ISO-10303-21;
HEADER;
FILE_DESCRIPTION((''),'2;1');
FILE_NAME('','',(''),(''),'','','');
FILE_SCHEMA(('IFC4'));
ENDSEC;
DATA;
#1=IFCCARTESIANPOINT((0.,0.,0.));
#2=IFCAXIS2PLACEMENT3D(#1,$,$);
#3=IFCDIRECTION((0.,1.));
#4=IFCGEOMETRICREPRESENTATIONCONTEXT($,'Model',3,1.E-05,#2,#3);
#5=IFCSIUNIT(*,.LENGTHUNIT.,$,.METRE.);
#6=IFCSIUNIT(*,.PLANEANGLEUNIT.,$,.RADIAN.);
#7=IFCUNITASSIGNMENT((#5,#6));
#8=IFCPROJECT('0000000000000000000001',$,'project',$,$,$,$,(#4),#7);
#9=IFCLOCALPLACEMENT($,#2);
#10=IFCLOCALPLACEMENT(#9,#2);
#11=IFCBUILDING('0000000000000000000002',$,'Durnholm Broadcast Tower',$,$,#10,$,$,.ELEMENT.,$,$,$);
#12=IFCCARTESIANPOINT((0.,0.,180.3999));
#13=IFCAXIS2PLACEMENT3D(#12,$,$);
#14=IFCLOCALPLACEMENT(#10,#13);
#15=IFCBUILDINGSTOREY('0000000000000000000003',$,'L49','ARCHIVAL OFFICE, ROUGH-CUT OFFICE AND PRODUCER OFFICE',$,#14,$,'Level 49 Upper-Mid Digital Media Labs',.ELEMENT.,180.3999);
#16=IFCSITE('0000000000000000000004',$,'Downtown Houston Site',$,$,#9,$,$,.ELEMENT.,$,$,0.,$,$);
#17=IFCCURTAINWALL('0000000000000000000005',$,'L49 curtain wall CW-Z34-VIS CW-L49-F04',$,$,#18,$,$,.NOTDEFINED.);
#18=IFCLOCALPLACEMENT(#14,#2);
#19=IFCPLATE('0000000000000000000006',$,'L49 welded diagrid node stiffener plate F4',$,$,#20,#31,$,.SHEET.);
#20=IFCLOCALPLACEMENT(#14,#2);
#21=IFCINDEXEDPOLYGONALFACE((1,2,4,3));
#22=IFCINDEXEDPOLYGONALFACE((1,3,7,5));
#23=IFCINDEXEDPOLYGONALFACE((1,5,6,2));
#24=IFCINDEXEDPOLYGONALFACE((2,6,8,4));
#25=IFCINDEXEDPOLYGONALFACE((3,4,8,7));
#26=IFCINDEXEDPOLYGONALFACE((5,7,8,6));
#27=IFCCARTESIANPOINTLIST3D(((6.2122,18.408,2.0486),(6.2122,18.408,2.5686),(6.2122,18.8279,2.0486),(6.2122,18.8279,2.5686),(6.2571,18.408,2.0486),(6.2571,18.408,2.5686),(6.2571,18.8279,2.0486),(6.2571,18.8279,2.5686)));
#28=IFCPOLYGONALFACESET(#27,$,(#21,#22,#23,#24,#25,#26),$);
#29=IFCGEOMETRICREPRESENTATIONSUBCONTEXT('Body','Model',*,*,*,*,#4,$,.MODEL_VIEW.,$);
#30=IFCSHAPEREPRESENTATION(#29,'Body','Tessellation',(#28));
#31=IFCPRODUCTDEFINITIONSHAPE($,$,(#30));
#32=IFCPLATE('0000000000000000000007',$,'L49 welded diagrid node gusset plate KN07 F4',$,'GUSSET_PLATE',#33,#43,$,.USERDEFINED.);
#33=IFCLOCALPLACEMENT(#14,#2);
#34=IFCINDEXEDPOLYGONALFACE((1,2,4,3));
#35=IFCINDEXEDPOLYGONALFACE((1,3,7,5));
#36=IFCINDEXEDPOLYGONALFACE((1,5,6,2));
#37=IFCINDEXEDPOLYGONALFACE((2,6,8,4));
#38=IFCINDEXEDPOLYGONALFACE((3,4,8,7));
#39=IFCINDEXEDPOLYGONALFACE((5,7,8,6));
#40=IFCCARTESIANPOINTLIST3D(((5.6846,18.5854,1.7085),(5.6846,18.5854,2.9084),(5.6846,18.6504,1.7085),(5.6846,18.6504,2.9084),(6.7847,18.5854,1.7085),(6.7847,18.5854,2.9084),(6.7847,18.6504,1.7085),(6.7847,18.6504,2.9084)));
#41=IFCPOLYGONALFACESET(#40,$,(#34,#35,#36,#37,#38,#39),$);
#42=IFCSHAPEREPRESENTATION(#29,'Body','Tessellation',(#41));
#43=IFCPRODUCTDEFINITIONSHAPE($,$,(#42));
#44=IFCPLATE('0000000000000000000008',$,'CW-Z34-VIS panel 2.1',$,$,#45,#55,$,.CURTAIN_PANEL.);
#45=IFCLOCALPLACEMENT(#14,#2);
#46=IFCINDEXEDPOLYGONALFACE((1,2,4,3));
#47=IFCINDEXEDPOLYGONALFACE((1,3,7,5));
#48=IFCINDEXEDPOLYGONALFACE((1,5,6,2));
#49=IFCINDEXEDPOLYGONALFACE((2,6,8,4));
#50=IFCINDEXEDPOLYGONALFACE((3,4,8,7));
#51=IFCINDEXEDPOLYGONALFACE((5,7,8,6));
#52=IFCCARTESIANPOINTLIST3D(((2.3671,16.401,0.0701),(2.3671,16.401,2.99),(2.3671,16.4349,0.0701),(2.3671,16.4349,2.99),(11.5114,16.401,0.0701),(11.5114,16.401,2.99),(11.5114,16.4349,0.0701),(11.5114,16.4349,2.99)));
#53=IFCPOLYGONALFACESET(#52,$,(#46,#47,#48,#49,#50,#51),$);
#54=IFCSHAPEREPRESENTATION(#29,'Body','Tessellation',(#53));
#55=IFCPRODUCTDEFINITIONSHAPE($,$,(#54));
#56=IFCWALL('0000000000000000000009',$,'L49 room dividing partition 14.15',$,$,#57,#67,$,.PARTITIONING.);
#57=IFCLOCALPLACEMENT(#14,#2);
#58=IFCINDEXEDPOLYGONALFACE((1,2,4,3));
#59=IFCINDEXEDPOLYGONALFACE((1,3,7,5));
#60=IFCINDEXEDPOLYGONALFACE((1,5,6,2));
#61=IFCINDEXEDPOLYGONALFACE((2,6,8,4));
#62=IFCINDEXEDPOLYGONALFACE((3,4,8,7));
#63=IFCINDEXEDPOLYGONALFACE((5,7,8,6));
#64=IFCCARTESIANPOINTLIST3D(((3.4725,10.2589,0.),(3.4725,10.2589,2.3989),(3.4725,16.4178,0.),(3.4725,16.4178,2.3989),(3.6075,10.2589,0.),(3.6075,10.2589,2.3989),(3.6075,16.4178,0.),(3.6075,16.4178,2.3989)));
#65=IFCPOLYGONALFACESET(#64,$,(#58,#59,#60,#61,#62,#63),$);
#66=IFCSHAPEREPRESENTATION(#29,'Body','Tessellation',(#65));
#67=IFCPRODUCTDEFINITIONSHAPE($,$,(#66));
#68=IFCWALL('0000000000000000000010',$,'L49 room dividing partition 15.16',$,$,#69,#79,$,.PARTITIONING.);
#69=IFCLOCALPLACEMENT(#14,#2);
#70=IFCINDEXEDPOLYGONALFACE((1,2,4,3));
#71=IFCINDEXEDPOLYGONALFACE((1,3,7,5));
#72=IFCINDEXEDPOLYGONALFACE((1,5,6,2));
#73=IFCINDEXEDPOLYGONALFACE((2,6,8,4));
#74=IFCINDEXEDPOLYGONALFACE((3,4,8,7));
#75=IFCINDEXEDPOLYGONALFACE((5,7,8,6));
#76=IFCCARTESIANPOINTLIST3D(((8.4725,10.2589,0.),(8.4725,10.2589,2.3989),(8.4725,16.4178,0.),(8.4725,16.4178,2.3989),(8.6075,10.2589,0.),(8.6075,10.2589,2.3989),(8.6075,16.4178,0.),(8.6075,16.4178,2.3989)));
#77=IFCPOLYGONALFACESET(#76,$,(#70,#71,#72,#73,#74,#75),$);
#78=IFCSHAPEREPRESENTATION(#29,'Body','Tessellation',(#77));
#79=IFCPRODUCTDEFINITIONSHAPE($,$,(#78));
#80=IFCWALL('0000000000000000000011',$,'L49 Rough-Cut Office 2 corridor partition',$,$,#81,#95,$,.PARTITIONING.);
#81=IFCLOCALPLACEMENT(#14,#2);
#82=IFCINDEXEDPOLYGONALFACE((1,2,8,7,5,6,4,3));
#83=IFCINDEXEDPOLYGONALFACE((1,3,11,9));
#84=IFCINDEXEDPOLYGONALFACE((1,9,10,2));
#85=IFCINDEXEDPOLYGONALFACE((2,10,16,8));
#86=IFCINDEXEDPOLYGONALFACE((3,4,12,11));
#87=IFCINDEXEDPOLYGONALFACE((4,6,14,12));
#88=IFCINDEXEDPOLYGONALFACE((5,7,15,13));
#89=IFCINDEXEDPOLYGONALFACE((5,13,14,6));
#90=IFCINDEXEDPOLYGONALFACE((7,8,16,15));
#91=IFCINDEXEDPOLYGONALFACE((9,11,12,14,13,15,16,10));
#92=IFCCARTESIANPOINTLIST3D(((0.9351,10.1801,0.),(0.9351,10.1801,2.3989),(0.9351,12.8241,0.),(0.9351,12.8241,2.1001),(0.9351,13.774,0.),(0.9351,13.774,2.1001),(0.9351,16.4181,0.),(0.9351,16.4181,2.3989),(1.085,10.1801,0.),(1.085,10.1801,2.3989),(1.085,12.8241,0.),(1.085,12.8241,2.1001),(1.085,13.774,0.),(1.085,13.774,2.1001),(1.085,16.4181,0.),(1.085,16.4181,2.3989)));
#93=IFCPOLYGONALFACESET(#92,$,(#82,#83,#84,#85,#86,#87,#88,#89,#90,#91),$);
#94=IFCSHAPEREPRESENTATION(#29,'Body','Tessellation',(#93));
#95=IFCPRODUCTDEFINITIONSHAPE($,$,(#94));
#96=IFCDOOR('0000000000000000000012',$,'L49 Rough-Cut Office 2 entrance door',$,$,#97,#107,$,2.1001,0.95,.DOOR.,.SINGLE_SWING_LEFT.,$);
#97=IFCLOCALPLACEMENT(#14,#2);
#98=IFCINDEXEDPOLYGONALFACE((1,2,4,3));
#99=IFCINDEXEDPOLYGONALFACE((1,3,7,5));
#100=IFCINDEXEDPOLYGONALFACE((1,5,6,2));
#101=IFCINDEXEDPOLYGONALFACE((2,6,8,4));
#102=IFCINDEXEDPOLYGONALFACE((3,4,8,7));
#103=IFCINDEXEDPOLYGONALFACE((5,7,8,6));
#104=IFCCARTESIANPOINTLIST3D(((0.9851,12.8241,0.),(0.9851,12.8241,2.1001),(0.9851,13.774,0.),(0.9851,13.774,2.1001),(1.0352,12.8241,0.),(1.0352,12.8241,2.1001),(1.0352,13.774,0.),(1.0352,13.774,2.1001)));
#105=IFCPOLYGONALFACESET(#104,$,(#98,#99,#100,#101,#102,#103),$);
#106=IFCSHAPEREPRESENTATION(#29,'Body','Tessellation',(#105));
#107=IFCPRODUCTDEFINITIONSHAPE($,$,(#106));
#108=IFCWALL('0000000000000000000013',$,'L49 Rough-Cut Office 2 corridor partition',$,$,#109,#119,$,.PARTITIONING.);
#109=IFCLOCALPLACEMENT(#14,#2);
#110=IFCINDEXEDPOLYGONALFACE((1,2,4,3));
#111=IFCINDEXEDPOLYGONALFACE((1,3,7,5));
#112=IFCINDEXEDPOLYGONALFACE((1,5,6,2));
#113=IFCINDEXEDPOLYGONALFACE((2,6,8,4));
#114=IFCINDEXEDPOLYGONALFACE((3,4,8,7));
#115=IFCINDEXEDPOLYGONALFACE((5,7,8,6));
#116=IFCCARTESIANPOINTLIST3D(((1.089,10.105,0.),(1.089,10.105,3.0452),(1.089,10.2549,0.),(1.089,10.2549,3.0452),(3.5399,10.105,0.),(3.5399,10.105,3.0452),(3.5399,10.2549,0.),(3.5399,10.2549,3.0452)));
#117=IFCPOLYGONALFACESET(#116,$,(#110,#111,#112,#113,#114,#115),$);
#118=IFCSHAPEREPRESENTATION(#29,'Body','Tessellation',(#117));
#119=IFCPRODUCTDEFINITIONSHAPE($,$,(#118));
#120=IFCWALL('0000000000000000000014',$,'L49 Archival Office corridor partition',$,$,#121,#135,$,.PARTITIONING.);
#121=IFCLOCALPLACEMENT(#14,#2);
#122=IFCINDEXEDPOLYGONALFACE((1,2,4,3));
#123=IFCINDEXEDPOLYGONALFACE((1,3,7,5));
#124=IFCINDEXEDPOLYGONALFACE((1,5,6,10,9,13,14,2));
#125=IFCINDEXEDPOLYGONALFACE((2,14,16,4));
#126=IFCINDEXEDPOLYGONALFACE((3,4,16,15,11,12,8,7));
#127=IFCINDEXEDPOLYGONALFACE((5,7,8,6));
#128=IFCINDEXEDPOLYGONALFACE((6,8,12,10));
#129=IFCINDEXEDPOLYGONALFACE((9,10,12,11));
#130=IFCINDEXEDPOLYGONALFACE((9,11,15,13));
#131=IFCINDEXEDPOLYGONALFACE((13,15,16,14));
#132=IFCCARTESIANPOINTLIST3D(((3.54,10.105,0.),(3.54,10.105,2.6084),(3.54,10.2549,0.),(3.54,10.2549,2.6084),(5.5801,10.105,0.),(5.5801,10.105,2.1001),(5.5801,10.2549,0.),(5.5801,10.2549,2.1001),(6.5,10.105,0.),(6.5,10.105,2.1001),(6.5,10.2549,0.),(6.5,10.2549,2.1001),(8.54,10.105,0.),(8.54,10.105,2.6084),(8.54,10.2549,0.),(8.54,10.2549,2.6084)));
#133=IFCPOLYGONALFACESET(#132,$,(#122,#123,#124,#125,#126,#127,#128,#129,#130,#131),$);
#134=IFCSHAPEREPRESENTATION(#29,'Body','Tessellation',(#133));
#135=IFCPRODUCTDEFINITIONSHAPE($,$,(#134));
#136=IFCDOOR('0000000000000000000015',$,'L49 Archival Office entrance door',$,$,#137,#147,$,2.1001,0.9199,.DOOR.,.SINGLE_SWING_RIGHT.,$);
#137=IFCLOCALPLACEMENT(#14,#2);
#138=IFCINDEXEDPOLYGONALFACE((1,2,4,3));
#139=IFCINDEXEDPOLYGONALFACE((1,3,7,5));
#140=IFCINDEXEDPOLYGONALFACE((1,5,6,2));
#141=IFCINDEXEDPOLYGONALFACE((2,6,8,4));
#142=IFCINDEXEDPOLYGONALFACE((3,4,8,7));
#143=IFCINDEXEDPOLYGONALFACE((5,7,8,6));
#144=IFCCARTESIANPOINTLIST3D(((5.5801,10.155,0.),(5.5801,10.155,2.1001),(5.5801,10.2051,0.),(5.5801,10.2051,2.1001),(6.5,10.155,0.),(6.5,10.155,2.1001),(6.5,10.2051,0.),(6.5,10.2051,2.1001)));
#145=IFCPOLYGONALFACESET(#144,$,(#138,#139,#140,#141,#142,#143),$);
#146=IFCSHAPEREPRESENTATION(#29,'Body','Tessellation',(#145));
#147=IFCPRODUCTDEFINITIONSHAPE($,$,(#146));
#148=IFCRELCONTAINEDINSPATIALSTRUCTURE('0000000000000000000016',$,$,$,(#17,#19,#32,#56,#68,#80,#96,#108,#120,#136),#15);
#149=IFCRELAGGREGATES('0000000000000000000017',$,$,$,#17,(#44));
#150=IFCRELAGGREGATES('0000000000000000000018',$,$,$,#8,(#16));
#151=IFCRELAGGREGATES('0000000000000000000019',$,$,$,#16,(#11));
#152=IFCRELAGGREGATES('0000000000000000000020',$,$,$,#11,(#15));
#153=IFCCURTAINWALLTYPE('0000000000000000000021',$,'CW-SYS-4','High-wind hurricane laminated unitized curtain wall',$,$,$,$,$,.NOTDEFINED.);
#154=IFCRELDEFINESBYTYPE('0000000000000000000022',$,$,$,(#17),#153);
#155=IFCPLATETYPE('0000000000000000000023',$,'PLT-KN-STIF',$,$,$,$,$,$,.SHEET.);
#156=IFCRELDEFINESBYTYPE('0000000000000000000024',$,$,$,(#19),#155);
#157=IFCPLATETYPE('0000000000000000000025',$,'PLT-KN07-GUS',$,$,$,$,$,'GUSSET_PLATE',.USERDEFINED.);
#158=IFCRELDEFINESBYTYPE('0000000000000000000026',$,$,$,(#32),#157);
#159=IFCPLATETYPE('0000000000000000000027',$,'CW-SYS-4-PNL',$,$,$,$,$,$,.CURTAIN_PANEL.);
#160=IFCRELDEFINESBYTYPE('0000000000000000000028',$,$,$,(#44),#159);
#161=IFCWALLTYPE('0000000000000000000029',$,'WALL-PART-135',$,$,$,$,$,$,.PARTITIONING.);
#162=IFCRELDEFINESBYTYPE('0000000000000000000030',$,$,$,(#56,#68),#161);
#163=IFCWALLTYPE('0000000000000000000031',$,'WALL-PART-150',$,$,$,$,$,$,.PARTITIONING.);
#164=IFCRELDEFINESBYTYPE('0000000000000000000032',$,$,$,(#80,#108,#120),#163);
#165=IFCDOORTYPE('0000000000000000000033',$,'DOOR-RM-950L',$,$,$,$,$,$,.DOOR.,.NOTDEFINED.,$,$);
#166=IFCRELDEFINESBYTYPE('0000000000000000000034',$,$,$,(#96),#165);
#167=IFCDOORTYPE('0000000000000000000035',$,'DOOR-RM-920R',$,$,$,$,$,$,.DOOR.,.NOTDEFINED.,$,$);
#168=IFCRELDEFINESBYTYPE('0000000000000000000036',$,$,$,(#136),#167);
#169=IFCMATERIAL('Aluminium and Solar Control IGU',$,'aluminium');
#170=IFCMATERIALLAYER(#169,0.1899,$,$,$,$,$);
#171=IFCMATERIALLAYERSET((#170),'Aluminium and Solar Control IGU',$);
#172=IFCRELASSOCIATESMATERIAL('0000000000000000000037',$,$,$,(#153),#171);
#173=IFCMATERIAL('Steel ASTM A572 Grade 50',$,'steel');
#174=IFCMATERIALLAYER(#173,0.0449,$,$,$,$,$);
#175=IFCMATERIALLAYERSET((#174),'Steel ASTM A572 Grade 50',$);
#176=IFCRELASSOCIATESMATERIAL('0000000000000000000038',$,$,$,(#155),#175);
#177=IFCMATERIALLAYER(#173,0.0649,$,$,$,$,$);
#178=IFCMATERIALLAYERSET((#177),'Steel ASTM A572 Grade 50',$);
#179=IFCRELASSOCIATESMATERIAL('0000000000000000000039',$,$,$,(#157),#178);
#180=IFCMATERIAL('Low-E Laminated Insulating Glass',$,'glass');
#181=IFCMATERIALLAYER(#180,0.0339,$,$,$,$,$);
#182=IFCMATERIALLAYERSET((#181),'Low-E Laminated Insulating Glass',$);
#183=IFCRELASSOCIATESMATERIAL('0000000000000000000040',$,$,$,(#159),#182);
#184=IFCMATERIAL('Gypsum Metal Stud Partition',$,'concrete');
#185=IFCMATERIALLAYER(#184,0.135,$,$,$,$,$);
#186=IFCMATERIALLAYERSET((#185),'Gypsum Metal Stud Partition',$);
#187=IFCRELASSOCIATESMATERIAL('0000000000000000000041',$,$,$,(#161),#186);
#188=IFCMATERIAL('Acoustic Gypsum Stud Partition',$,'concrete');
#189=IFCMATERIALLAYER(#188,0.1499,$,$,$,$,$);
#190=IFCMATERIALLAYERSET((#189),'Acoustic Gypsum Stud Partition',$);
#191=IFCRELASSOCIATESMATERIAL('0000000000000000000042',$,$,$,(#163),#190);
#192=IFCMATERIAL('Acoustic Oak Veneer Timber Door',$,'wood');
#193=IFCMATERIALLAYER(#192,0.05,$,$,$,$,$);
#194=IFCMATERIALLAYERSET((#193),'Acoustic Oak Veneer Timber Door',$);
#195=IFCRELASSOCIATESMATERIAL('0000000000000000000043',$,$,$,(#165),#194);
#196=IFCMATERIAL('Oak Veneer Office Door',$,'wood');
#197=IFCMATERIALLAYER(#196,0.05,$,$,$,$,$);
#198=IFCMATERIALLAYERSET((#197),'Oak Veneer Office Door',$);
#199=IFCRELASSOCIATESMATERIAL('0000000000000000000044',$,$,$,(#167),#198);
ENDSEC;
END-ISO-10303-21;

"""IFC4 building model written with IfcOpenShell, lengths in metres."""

from ifc_helpers import new_model, si_unit, direction, frame, frame_2d, origin, origin_2d, place, context, subcontext, project, spatial, rectangle, extrude, source, transform, mapped, material, layer, layer_set, type_object, type_shapes, element, fill, aggregate, save


model = new_model("IFC4")

# Units and contexts
model_context = context("Model", 3, precision=1e-05, world=origin(), true_north=direction((0.0, 1.0)))
body_context = subcontext(model_context, "Body", "Model", "MODEL_VIEW")
ifc_project = project(units=[si_unit("LENGTHUNIT", "METRE"), si_unit("PLANEANGLEUNIT", "RADIAN")], contexts=[model_context])

# Site, building, storey
site_placement = place(None, origin())
site = spatial("IfcSite", under=ifc_project, at=site_placement, Name="Downtown Houston Site", CompositionType="ELEMENT", RefElevation=0.0)
building_placement = place(site_placement, origin())
building = spatial("IfcBuilding", under=site, at=building_placement, Name="Durnholm Broadcast Tower", CompositionType="ELEMENT")
storey_placement = place(building_placement, frame((0.0, 0.0, 180.3999)))
storey = spatial("IfcBuildingStorey", under=building, at=storey_placement, Name="L49", Description="ARCHIVAL OFFICE, ROUGH-CUT OFFICE AND PRODUCER OFFICE", LongName="Level 49 Upper-Mid Digital Media Labs", CompositionType="ELEMENT", Elevation=180.3999)

# Curtain wall
ifc_material_1 = material(Name="Aluminium and Solar Control IGU", Category="aluminium")
ifc_layer_1 = layer(ifc_material_1, 0.1899)
ifc_layer_set_1 = layer_set([ifc_layer_1], Name="Aluminium and Solar Control IGU")
curtain_wall_type = type_object("IfcCurtainWallType", Name="CW-SYS-4", Description="High-wind hurricane laminated unitized curtain wall", PredefinedType="NOTDEFINED", material=ifc_layer_set_1)
curtain_wall_placement = place(storey_placement, origin())
curtain_wall = element("IfcCurtainWall", 1, at=curtain_wall_placement, inside=storey, type_object=curtain_wall_type, Name="L49 curtain wall CW-Z34-VIS CW-L49-F04", PredefinedType="NOTDEFINED")

# Plates
ifc_material_2 = material(Name="Steel ASTM A572 Grade 50", Category="steel")
ifc_layer_2 = layer(ifc_material_2, 0.0449)
ifc_layer_set_2 = layer_set([ifc_layer_2], Name="Steel ASTM A572 Grade 50")
plate_type_1 = type_object("IfcPlateType", Name="PLT-KN-STIF", PredefinedType="SHEET", material=ifc_layer_set_2)
shared_shape_1 = source(origin(), body_context, "Body", "SweptSolid", [
    extrude(rectangle(XDim=0.0449, YDim=0.4199, at=origin_2d()), origin(), (0.0, 0.0, 1.0), 0.52),
])
type_shapes(plate_type_1, [shared_shape_1])
plate_1_placement = place(storey_placement, frame((6.2346, 18.6179, 2.0486), z_axis=(0.0, 0.0, 1.0), x_axis=(-1.0, 0.0, 0.0)))
element("IfcPlate", 2, at=plate_1_placement, inside=storey, type_object=plate_type_1, Name="L49 welded diagrid node stiffener plate F4", PredefinedType="SHEET", context=body_context, shape_type="MappedRepresentation", body=[
    mapped(shared_shape_1, transform((0.0, 0.0, 0.0), x_axis=(1.0, 0.0, 0.0), y_axis=(0.0, 1.0, 0.0), z_axis=(0.0, 0.0, 1.0), scale=1.0)),
])
ifc_layer_3 = layer(ifc_material_2, 0.0649)
ifc_layer_set_3 = layer_set([ifc_layer_3], Name="Steel ASTM A572 Grade 50")
plate_type_2 = type_object("IfcPlateType", Name="PLT-KN07-GUS", ElementType="GUSSET_PLATE", PredefinedType="USERDEFINED", material=ifc_layer_set_3)
shared_shape_2 = source(origin(), body_context, "Body", "SweptSolid", [
    extrude(rectangle(XDim=1.1001, YDim=0.0649, at=origin_2d()), origin(), (0.0, 0.0, 1.0), 1.2),
])
type_shapes(plate_type_2, [shared_shape_2])
plate_2_placement = place(storey_placement, frame((6.2346, 18.6179, 1.7085), z_axis=(0.0, 0.0, 1.0), x_axis=(-1.0, 0.0, 0.0)))
element("IfcPlate", 3, at=plate_2_placement, inside=storey, type_object=plate_type_2, Name="L49 welded diagrid node gusset plate KN07 F4", ObjectType="GUSSET_PLATE", PredefinedType="USERDEFINED", context=body_context, shape_type="MappedRepresentation", body=[
    mapped(shared_shape_2, transform((0.0, 0.0, 0.0), x_axis=(1.0, 0.0, 0.0), y_axis=(0.0, 1.0, 0.0), z_axis=(0.0, 0.0, 1.0), scale=1.0)),
])

# Plate
ifc_material_3 = material(Name="Low-E Laminated Insulating Glass", Category="glass")
ifc_layer_4 = layer(ifc_material_3, 0.0339)
ifc_layer_set_4 = layer_set([ifc_layer_4], Name="Low-E Laminated Insulating Glass")
plate_type_3 = type_object("IfcPlateType", Name="CW-SYS-4-PNL", PredefinedType="CURTAIN_PANEL", material=ifc_layer_set_4)
shared_shape_3 = source(origin(), body_context, "Body", "SweptSolid", [
    extrude(rectangle(XDim=9.1443, YDim=0.0339, at=origin_2d()), origin(), (0.0, 0.0, 1.0), 2.9199),
])
type_shapes(plate_type_3, [shared_shape_3])
plate_3_placement = place(storey_placement, frame((6.9392, 16.418, 0.0701), z_axis=(0.0, 0.0, 1.0), x_axis=(1.0, 0.0, 0.0)))
plate_3 = element("IfcPlate", 4, at=plate_3_placement, type_object=plate_type_3, Name="CW-Z34-VIS panel 2.1", PredefinedType="CURTAIN_PANEL", context=body_context, shape_type="MappedRepresentation", body=[
    mapped(shared_shape_3, transform((0.0, 0.0, 0.0), x_axis=(1.0, 0.0, 0.0), y_axis=(0.0, 1.0, 0.0), z_axis=(0.0, 0.0, 1.0), scale=1.0)),
])
aggregate(curtain_wall, [plate_3])

# Walls
ifc_material_4 = material(Name="Gypsum Metal Stud Partition", Category="concrete")
ifc_layer_5 = layer(ifc_material_4, 0.135)
ifc_layer_set_5 = layer_set([ifc_layer_5], Name="Gypsum Metal Stud Partition")
wall_type_1 = type_object("IfcWallType", Name="WALL-PART-135", PredefinedType="PARTITIONING", material=ifc_layer_set_5)
for number, where, z_axis, x_axis, name in (
    (5, (3.54, 16.418, 0.0), (0.0, 0.0, 1.0), (0.0, -1.0, 0.0), "L49 room dividing partition 14.15"),
    (6, (8.54, 16.418, 0.0), (0.0, 0.0, 1.0), (0.0, -1.0, 0.0), "L49 room dividing partition 15.16"),
):
    element("IfcWall", number, at=place(storey_placement, frame(where, z_axis=z_axis, x_axis=x_axis)), inside=storey, type_object=wall_type_1, Name=name, PredefinedType="PARTITIONING", context=body_context, shape_type="SweptSolid", body=[
        extrude(rectangle(XDim=6.1589, YDim=0.135, at=frame_2d((3.0796, 0.0))), origin(), (0.0, 0.0, 1.0), 2.3989),
    ])

# Wall, opening, door
ifc_material_5 = material(Name="Acoustic Gypsum Stud Partition", Category="concrete")
ifc_layer_6 = layer(ifc_material_5, 0.1499)
ifc_layer_set_6 = layer_set([ifc_layer_6], Name="Acoustic Gypsum Stud Partition")
wall_type_2 = type_object("IfcWallType", Name="WALL-PART-150", PredefinedType="PARTITIONING", material=ifc_layer_set_6)
wall_1_placement = place(storey_placement, frame((1.01, 10.1799, 0.0), z_axis=(0.0, 0.0, 1.0), x_axis=(0.0, 1.0, 0.0)))
wall_1 = element("IfcWall", 7, at=wall_1_placement, inside=storey, type_object=wall_type_2, Name="L49 Rough-Cut Office 2 corridor partition", PredefinedType="PARTITIONING", context=body_context, shape_type="SweptSolid", body=[
    extrude(rectangle(XDim=6.238, YDim=0.1499, at=frame_2d((3.1191, 0.0))), origin(), (0.0, 0.0, 1.0), 2.3989),
])
opening_1_placement = place(wall_1_placement, frame((2.644, 0.0, 0.0)))
opening_1 = element("IfcOpeningElement", 8, at=opening_1_placement, cuts=wall_1, PredefinedType="OPENING", context=body_context, shape_type="SweptSolid", body=[
    extrude(rectangle(XDim=0.95, YDim=2.1001, at=frame_2d((0.4751, 1.05))), frame((0.0, 0.085, 0.0), z_axis=(0.0, -1.0, 0.0), x_axis=(1.0, 0.0, 0.0)), (0.0, 0.0, 1.0), 0.1699),
])
ifc_material_6 = material(Name="Acoustic Oak Veneer Timber Door", Category="wood")
ifc_layer_7 = layer(ifc_material_6, 0.05)
ifc_layer_set_7 = layer_set([ifc_layer_7], Name="Acoustic Oak Veneer Timber Door")
door_type_1 = type_object("IfcDoorType", Name="DOOR-RM-950L", OperationType="NOTDEFINED", PredefinedType="DOOR", material=ifc_layer_set_7)
shared_shape_4 = source(origin(), body_context, "Body", "SweptSolid", [
    extrude(rectangle(XDim=0.95, YDim=2.1001, at=frame_2d((0.4751, 1.05))), frame((0.0, 0.0249, 0.0), z_axis=(0.0, -1.0, 0.0), x_axis=(1.0, 0.0, 0.0)), (0.0, 0.0, 1.0), 0.05),
])
type_shapes(door_type_1, [shared_shape_4])
door_1_placement = place(opening_1_placement, origin())
door_1 = element("IfcDoor", 9, at=door_1_placement, inside=storey, type_object=door_type_1, Name="L49 Rough-Cut Office 2 entrance door", OperationType="SINGLE_SWING_LEFT", OverallHeight=2.1001, OverallWidth=0.95, PredefinedType="DOOR", context=body_context, shape_type="MappedRepresentation", body=[
    mapped(shared_shape_4, transform((0.0, 0.0, 0.0), x_axis=(1.0, 0.0, 0.0), y_axis=(0.0, 1.0, 0.0), z_axis=(0.0, 0.0, 1.0), scale=1.0)),
])
fill(opening_1, door_1)

# Wall
wall_2_placement = place(storey_placement, frame((3.54, 10.1799, 0.0), z_axis=(0.0, 0.0, 1.0), x_axis=(-1.0, 0.0, 0.0)))
element("IfcWall", 10, at=wall_2_placement, inside=storey, type_object=wall_type_2, Name="L49 Rough-Cut Office 2 corridor partition", PredefinedType="PARTITIONING", context=body_context, shape_type="SweptSolid", body=[
    extrude(rectangle(XDim=2.4509, YDim=0.1499, at=frame_2d((1.2256, 0.0))), origin(), (0.0, 0.0, 1.0), 3.0452),
])

# Wall, opening, door
wall_3_placement = place(storey_placement, frame((8.54, 10.1799, 0.0), z_axis=(0.0, 0.0, 1.0), x_axis=(-1.0, 0.0, 0.0)))
wall_3 = element("IfcWall", 11, at=wall_3_placement, inside=storey, type_object=wall_type_2, Name="L49 Archival Office corridor partition", PredefinedType="PARTITIONING", context=body_context, shape_type="SweptSolid", body=[
    extrude(rectangle(XDim=5.0, YDim=0.1499, at=frame_2d((2.5, 0.0))), origin(), (0.0, 0.0, 1.0), 2.6084),
])
opening_2_placement = place(wall_3_placement, frame((2.04, 0.0, 0.0)))
opening_2 = element("IfcOpeningElement", 12, at=opening_2_placement, cuts=wall_3, PredefinedType="OPENING", context=body_context, shape_type="SweptSolid", body=[
    extrude(rectangle(XDim=0.9199, YDim=2.1001, at=frame_2d((0.46, 1.05))), frame((0.0, 0.085, 0.0), z_axis=(0.0, -1.0, 0.0), x_axis=(1.0, 0.0, 0.0)), (0.0, 0.0, 1.0), 0.1699),
])
ifc_material_7 = material(Name="Oak Veneer Office Door", Category="wood")
ifc_layer_8 = layer(ifc_material_7, 0.05)
ifc_layer_set_8 = layer_set([ifc_layer_8], Name="Oak Veneer Office Door")
door_type_2 = type_object("IfcDoorType", Name="DOOR-RM-920R", OperationType="NOTDEFINED", PredefinedType="DOOR", material=ifc_layer_set_8)
shared_shape_5 = source(origin(), body_context, "Body", "SweptSolid", [
    extrude(rectangle(XDim=0.9199, YDim=2.1001, at=frame_2d((0.46, 1.05))), frame((0.0, 0.0249, 0.0), z_axis=(0.0, -1.0, 0.0), x_axis=(1.0, 0.0, 0.0)), (0.0, 0.0, 1.0), 0.05),
])
type_shapes(door_type_2, [shared_shape_5])
door_2_placement = place(opening_2_placement, origin())
door_2 = element("IfcDoor", 13, at=door_2_placement, inside=storey, type_object=door_type_2, Name="L49 Archival Office entrance door", OperationType="SINGLE_SWING_RIGHT", OverallHeight=2.1001, OverallWidth=0.9199, PredefinedType="DOOR", context=body_context, shape_type="MappedRepresentation", body=[
    mapped(shared_shape_5, transform((0.0, 0.0, 0.0), x_axis=(1.0, 0.0, 0.0), y_axis=(0.0, 1.0, 0.0), z_axis=(0.0, 0.0, 1.0), scale=1.0)),
])
fill(opening_2, door_2)

save(model, "model.ifc")
